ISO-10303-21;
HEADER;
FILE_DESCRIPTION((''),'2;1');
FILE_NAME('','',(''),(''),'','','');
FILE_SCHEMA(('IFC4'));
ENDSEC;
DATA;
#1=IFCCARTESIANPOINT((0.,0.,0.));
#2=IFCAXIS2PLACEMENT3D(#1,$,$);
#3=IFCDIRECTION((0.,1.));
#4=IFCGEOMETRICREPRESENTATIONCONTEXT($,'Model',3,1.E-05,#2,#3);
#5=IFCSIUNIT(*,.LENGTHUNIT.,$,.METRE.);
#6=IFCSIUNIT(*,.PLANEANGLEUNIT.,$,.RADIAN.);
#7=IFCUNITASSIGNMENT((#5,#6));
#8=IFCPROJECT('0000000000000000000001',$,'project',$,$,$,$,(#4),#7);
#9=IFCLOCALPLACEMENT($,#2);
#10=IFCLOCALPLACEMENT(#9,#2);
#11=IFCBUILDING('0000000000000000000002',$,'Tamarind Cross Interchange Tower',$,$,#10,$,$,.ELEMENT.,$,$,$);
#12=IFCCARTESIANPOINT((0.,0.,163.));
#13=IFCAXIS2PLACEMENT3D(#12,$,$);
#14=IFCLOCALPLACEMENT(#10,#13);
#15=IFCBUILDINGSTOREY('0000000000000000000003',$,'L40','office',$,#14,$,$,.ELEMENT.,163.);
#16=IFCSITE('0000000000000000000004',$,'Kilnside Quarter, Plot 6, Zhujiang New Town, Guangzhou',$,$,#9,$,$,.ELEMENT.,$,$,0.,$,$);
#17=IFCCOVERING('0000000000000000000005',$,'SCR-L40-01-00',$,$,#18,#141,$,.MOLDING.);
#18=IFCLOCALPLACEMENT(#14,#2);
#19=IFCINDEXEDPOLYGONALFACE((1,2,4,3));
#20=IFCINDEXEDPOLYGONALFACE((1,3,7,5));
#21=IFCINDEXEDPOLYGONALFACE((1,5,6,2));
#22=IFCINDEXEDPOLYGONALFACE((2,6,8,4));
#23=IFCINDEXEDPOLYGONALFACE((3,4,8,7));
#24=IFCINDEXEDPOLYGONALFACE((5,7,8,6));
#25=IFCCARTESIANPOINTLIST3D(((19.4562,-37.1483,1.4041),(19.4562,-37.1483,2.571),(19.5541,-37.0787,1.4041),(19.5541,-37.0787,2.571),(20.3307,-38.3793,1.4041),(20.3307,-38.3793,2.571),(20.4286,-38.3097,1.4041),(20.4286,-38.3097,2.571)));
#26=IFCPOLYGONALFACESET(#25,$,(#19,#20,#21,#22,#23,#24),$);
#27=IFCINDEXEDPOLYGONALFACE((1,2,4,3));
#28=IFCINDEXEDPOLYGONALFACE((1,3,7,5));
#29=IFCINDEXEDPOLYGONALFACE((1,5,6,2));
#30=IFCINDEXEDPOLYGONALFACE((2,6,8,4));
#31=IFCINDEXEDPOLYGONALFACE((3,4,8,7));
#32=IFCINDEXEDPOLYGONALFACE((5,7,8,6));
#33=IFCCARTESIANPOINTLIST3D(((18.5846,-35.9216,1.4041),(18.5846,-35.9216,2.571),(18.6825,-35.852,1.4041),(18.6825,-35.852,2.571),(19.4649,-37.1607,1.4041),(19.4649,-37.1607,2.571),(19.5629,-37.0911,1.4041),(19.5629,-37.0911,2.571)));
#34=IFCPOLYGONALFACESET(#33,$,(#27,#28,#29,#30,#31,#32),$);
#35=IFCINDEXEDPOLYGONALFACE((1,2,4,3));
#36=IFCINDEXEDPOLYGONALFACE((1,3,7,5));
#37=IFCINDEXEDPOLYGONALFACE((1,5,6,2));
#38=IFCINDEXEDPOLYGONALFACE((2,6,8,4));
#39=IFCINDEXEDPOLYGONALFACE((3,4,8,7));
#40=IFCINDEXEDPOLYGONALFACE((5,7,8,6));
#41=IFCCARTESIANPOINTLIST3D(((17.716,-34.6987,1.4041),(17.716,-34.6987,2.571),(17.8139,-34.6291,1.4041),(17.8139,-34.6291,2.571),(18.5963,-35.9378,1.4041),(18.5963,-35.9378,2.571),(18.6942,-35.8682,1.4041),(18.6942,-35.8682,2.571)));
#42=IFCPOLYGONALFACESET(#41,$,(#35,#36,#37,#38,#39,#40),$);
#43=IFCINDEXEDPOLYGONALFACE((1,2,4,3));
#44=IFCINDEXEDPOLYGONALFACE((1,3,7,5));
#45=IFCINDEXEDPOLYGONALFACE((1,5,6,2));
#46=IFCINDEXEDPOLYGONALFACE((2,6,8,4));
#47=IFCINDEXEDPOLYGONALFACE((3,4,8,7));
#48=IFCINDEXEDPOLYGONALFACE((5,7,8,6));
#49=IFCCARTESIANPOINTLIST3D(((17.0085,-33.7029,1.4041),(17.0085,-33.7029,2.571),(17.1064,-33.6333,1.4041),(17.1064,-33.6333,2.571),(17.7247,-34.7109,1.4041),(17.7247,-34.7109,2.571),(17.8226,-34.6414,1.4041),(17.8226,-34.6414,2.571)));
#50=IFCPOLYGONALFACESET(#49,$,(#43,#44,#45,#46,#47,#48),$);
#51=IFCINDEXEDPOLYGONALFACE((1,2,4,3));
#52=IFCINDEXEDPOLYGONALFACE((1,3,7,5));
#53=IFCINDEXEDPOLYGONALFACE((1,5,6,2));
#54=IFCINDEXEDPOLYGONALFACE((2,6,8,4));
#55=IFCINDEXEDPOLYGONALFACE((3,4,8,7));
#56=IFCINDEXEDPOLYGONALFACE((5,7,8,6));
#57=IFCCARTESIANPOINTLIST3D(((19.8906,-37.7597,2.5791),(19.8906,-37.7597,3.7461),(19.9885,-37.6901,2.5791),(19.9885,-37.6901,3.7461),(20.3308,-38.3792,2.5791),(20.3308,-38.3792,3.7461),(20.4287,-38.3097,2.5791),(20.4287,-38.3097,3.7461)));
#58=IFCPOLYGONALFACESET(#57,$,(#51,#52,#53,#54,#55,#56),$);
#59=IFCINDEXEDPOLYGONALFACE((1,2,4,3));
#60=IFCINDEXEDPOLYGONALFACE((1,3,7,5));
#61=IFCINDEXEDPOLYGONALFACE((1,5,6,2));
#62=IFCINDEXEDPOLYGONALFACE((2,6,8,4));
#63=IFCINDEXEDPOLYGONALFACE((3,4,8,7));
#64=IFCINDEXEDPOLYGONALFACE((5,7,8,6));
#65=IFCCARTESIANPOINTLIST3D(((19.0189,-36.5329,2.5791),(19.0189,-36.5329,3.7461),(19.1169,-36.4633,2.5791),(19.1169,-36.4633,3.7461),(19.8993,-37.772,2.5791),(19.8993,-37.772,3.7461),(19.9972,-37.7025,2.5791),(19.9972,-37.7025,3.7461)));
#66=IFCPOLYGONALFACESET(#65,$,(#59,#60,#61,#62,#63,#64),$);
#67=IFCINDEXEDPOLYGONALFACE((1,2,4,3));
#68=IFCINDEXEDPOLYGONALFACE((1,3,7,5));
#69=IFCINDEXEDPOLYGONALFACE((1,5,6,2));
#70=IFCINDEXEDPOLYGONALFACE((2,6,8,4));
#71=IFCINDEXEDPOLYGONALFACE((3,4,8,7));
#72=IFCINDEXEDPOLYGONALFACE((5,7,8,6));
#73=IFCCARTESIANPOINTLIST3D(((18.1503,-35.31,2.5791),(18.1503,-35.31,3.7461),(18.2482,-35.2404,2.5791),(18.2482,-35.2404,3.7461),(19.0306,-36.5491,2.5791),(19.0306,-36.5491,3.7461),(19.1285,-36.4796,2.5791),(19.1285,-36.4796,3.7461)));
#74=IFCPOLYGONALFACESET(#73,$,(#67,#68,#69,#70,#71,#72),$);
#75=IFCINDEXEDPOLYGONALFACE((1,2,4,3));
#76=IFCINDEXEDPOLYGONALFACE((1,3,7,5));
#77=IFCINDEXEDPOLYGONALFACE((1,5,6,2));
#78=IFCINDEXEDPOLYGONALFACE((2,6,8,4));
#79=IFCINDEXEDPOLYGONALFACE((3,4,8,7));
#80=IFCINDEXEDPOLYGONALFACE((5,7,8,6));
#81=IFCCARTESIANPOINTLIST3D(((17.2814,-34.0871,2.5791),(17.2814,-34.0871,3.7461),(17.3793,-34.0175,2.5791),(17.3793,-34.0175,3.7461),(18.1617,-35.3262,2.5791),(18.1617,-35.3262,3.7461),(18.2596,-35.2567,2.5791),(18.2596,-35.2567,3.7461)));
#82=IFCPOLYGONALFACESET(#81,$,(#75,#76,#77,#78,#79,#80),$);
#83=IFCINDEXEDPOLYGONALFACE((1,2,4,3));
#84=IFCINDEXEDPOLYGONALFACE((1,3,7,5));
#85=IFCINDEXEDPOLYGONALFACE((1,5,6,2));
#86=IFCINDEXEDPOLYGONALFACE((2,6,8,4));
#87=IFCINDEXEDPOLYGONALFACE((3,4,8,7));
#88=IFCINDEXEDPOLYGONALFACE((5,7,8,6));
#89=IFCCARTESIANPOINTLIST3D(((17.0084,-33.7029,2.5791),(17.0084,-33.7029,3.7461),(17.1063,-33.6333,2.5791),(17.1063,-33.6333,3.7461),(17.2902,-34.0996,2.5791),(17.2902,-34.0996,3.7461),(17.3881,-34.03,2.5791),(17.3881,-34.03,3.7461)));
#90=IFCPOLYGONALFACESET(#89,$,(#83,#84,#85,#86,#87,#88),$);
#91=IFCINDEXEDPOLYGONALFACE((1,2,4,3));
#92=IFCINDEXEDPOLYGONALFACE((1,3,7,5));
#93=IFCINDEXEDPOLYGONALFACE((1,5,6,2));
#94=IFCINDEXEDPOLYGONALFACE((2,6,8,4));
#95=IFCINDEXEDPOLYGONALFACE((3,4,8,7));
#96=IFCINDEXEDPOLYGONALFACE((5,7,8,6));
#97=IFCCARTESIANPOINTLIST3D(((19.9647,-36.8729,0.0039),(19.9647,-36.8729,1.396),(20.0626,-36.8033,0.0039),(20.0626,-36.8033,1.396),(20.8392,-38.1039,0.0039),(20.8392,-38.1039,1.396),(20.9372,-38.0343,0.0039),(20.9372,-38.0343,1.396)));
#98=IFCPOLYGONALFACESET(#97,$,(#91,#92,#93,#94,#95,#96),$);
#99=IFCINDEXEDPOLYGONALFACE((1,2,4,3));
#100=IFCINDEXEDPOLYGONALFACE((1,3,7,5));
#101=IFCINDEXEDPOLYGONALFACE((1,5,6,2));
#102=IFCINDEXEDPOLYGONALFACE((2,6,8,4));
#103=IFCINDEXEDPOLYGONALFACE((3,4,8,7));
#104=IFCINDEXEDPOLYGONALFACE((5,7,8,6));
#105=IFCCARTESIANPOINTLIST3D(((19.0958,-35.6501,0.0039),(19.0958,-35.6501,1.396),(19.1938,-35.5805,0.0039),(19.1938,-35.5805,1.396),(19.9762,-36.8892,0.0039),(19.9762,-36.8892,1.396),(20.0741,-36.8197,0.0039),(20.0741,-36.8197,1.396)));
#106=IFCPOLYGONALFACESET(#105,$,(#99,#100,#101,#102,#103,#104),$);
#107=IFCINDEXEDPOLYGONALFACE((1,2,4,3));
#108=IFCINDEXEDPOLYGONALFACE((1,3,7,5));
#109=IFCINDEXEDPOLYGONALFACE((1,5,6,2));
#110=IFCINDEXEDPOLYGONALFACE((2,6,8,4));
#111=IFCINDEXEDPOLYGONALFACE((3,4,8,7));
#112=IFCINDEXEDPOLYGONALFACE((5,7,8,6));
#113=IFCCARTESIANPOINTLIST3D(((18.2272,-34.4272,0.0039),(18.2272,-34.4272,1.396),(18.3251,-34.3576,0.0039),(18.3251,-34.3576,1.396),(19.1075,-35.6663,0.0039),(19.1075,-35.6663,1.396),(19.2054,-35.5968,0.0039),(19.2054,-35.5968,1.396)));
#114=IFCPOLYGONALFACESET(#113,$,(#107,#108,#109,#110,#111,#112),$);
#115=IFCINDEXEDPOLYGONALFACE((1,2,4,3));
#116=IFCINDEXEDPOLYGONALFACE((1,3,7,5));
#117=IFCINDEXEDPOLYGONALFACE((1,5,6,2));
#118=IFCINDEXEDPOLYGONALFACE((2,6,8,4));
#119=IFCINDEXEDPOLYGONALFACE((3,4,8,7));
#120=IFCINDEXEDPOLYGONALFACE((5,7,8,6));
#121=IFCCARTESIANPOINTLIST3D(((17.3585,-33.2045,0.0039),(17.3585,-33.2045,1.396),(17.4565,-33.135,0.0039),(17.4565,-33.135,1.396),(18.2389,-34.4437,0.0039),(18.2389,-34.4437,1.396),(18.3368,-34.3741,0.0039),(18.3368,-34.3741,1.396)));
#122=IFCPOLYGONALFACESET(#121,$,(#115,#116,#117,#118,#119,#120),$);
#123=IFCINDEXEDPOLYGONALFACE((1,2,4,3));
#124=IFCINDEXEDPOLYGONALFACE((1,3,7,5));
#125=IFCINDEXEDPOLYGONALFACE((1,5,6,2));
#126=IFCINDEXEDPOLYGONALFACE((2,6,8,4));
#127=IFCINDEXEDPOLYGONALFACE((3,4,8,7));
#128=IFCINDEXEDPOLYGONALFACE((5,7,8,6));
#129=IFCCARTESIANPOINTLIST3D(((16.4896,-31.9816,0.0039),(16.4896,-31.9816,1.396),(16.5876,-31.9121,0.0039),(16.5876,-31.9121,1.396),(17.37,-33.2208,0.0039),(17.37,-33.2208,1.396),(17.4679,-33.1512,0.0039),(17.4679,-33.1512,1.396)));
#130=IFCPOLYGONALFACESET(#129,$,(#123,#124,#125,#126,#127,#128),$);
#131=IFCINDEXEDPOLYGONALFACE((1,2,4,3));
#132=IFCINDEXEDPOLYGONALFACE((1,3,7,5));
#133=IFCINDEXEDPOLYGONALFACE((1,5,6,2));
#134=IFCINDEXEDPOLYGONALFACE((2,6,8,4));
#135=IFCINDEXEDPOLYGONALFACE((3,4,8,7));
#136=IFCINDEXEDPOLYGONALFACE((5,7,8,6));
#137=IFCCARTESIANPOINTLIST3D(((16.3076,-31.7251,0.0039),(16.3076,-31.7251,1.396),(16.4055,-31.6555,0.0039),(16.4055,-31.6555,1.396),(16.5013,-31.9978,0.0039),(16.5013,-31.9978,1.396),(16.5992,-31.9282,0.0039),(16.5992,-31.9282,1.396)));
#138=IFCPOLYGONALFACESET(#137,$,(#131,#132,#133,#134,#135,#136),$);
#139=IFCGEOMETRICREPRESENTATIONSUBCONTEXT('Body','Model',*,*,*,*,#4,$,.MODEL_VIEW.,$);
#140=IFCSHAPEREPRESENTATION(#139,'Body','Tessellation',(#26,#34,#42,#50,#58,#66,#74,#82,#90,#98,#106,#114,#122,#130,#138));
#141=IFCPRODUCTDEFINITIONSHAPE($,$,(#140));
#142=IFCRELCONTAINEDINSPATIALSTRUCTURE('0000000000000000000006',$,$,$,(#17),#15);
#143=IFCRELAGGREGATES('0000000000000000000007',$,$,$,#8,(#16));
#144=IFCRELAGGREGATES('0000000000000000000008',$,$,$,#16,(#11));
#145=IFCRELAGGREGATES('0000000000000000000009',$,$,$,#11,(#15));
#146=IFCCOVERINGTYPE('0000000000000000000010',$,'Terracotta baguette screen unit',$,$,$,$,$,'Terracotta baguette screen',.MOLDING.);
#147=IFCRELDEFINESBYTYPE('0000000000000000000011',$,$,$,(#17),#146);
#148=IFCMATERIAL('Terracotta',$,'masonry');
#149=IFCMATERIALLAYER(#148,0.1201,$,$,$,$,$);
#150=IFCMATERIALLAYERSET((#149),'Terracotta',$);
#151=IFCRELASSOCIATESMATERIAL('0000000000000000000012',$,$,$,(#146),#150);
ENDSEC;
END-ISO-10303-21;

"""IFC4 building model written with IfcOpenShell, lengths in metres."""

from ifc_helpers import new_model, si_unit, direction, frame, origin, origin_2d, place, context, subcontext, project, spatial, rectangle, extrude, material, layer, layer_set, type_object, element, save


model = new_model("IFC4")

# Units and contexts
model_context = context("Model", 3, precision=1e-05, world=origin(), true_north=direction((0.0, 1.0)))
body_context = subcontext(model_context, "Body", "Model", "MODEL_VIEW")
ifc_project = project(units=[si_unit("LENGTHUNIT", "METRE"), si_unit("PLANEANGLEUNIT", "RADIAN")], contexts=[model_context])

# Site, building, storey
site_placement = place(None, origin())
site = spatial("IfcSite", under=ifc_project, at=site_placement, Name="Kilnside Quarter, Plot 6, Zhujiang New Town, Guangzhou", CompositionType="ELEMENT", RefElevation=0.0)
building_placement = place(site_placement, origin())
building = spatial("IfcBuilding", under=site, at=building_placement, Name="Tamarind Cross Interchange Tower", CompositionType="ELEMENT")
storey_placement = place(building_placement, frame((0.0, 0.0, 163.0)))
storey = spatial("IfcBuildingStorey", under=building, at=storey_placement, Name="L40", Description="office", CompositionType="ELEMENT", Elevation=163.0)

# Covering
ifc_material_1 = material(Name="Terracotta", Category="masonry")
ifc_layer_1 = layer(ifc_material_1, 0.1201)
ifc_layer_set_1 = layer_set([ifc_layer_1], Name="Terracotta")
covering_type = type_object("IfcCoveringType", Name="Terracotta baguette screen unit", ElementType="Terracotta baguette screen", PredefinedType="MOLDING", material=ifc_layer_set_1)
covering_1_placement = place(storey_placement, origin())
element("IfcCovering", 1, at=covering_1_placement, inside=storey, type_object=covering_type, Name="SCR-L40-01-00", PredefinedType="MOLDING", context=body_context, shape_type="SweptSolid", body=[
    extrude(rectangle(XDim=1.51, YDim=0.1201, at=origin_2d()), frame((19.9424, -37.729, 1.4041), z_axis=(0.0, 0.0, 1.0), x_axis=(-0.579159, 0.815215, 0.0)), (0.0, 0.0, 1.0), 1.167),
    extrude(rectangle(XDim=1.52, YDim=0.1201, at=origin_2d()), frame((19.0737, -36.5063, 1.4041), z_axis=(0.0, 0.0, 1.0), x_axis=(-0.579159, 0.815215, 0.0)), (0.0, 0.0, 1.0), 1.167),
    extrude(rectangle(XDim=1.52, YDim=0.1201, at=origin_2d()), frame((18.2051, -35.2834, 1.4041), z_axis=(0.0, 0.0, 1.0), x_axis=(-0.579159, 0.815215, 0.0)), (0.0, 0.0, 1.0), 1.167),
    extrude(rectangle(XDim=1.2366, YDim=0.1201, at=origin_2d()), frame((17.4155, -34.1721, 1.4041), z_axis=(0.0, 0.0, 1.0), x_axis=(-0.579159, 0.815215, 0.0)), (0.0, 0.0, 1.0), 1.167),
    extrude(rectangle(XDim=0.76, YDim=0.1201, at=origin_2d()), frame((20.1597, -38.0347, 2.5791), z_axis=(0.0, 0.0, 1.0), x_axis=(-0.579159, 0.815215, 0.0)), (0.0, 0.0, 1.0), 1.167),
    extrude(rectangle(XDim=1.52, YDim=0.1201, at=origin_2d()), frame((19.5081, -37.1177, 2.5791), z_axis=(0.0, 0.0, 1.0), x_axis=(-0.579159, 0.815215, 0.0)), (0.0, 0.0, 1.0), 1.167),
    extrude(rectangle(XDim=1.52, YDim=0.1201, at=origin_2d()), frame((18.6394, -35.8948, 2.5791), z_axis=(0.0, 0.0, 1.0), x_axis=(-0.579159, 0.815215, 0.0)), (0.0, 0.0, 1.0), 1.167),
    extrude(rectangle(XDim=1.52, YDim=0.1201, at=origin_2d()), frame((17.7705, -34.6719, 2.5791), z_axis=(0.0, 0.0, 1.0), x_axis=(-0.579159, 0.815215, 0.0)), (0.0, 0.0, 1.0), 1.167),
    extrude(rectangle(XDim=0.4866, YDim=0.1201, at=origin_2d()), frame((17.1982, -33.8665, 2.5791), z_axis=(0.0, 0.0, 1.0), x_axis=(-0.579159, 0.815215, 0.0)), (0.0, 0.0, 1.0), 1.167),
    extrude(rectangle(XDim=1.51, YDim=0.1201, at=origin_2d()), frame((20.4509, -37.4536, 0.0039), z_axis=(0.0, 0.0, 1.0), x_axis=(-0.579159, 0.815215, 0.0)), (0.0, 0.0, 1.0), 1.3921),
    extrude(rectangle(XDim=1.52, YDim=0.1201, at=origin_2d()), frame((19.585, -36.2349, 0.0039), z_axis=(0.0, 0.0, 1.0), x_axis=(-0.579159, 0.815215, 0.0)), (0.0, 0.0, 1.0), 1.3921),
    extrude(rectangle(XDim=1.52, YDim=0.1201, at=origin_2d()), frame((18.7163, -35.012, 0.0039), z_axis=(0.0, 0.0, 1.0), x_axis=(-0.579159, 0.815215, 0.0)), (0.0, 0.0, 1.0), 1.3921),
    extrude(rectangle(XDim=1.52, YDim=0.1201, at=origin_2d()), frame((17.8477, -33.7893, 0.0039), z_axis=(0.0, 0.0, 1.0), x_axis=(-0.579159, 0.815215, 0.0)), (0.0, 0.0, 1.0), 1.3921),
    extrude(rectangle(XDim=1.52, YDim=0.1201, at=origin_2d()), frame((16.9788, -32.5664, 0.0039), z_axis=(0.0, 0.0, 1.0), x_axis=(-0.579159, 0.815215, 0.0)), (0.0, 0.0, 1.0), 1.3921),
    extrude(rectangle(XDim=0.3345, YDim=0.1201, at=origin_2d()), frame((16.4534, -31.8267, 0.0039), z_axis=(0.0, 0.0, 1.0), x_axis=(-0.579159, 0.815215, 0.0)), (0.0, 0.0, 1.0), 1.3921),
])

save(model, "model.ifc")
